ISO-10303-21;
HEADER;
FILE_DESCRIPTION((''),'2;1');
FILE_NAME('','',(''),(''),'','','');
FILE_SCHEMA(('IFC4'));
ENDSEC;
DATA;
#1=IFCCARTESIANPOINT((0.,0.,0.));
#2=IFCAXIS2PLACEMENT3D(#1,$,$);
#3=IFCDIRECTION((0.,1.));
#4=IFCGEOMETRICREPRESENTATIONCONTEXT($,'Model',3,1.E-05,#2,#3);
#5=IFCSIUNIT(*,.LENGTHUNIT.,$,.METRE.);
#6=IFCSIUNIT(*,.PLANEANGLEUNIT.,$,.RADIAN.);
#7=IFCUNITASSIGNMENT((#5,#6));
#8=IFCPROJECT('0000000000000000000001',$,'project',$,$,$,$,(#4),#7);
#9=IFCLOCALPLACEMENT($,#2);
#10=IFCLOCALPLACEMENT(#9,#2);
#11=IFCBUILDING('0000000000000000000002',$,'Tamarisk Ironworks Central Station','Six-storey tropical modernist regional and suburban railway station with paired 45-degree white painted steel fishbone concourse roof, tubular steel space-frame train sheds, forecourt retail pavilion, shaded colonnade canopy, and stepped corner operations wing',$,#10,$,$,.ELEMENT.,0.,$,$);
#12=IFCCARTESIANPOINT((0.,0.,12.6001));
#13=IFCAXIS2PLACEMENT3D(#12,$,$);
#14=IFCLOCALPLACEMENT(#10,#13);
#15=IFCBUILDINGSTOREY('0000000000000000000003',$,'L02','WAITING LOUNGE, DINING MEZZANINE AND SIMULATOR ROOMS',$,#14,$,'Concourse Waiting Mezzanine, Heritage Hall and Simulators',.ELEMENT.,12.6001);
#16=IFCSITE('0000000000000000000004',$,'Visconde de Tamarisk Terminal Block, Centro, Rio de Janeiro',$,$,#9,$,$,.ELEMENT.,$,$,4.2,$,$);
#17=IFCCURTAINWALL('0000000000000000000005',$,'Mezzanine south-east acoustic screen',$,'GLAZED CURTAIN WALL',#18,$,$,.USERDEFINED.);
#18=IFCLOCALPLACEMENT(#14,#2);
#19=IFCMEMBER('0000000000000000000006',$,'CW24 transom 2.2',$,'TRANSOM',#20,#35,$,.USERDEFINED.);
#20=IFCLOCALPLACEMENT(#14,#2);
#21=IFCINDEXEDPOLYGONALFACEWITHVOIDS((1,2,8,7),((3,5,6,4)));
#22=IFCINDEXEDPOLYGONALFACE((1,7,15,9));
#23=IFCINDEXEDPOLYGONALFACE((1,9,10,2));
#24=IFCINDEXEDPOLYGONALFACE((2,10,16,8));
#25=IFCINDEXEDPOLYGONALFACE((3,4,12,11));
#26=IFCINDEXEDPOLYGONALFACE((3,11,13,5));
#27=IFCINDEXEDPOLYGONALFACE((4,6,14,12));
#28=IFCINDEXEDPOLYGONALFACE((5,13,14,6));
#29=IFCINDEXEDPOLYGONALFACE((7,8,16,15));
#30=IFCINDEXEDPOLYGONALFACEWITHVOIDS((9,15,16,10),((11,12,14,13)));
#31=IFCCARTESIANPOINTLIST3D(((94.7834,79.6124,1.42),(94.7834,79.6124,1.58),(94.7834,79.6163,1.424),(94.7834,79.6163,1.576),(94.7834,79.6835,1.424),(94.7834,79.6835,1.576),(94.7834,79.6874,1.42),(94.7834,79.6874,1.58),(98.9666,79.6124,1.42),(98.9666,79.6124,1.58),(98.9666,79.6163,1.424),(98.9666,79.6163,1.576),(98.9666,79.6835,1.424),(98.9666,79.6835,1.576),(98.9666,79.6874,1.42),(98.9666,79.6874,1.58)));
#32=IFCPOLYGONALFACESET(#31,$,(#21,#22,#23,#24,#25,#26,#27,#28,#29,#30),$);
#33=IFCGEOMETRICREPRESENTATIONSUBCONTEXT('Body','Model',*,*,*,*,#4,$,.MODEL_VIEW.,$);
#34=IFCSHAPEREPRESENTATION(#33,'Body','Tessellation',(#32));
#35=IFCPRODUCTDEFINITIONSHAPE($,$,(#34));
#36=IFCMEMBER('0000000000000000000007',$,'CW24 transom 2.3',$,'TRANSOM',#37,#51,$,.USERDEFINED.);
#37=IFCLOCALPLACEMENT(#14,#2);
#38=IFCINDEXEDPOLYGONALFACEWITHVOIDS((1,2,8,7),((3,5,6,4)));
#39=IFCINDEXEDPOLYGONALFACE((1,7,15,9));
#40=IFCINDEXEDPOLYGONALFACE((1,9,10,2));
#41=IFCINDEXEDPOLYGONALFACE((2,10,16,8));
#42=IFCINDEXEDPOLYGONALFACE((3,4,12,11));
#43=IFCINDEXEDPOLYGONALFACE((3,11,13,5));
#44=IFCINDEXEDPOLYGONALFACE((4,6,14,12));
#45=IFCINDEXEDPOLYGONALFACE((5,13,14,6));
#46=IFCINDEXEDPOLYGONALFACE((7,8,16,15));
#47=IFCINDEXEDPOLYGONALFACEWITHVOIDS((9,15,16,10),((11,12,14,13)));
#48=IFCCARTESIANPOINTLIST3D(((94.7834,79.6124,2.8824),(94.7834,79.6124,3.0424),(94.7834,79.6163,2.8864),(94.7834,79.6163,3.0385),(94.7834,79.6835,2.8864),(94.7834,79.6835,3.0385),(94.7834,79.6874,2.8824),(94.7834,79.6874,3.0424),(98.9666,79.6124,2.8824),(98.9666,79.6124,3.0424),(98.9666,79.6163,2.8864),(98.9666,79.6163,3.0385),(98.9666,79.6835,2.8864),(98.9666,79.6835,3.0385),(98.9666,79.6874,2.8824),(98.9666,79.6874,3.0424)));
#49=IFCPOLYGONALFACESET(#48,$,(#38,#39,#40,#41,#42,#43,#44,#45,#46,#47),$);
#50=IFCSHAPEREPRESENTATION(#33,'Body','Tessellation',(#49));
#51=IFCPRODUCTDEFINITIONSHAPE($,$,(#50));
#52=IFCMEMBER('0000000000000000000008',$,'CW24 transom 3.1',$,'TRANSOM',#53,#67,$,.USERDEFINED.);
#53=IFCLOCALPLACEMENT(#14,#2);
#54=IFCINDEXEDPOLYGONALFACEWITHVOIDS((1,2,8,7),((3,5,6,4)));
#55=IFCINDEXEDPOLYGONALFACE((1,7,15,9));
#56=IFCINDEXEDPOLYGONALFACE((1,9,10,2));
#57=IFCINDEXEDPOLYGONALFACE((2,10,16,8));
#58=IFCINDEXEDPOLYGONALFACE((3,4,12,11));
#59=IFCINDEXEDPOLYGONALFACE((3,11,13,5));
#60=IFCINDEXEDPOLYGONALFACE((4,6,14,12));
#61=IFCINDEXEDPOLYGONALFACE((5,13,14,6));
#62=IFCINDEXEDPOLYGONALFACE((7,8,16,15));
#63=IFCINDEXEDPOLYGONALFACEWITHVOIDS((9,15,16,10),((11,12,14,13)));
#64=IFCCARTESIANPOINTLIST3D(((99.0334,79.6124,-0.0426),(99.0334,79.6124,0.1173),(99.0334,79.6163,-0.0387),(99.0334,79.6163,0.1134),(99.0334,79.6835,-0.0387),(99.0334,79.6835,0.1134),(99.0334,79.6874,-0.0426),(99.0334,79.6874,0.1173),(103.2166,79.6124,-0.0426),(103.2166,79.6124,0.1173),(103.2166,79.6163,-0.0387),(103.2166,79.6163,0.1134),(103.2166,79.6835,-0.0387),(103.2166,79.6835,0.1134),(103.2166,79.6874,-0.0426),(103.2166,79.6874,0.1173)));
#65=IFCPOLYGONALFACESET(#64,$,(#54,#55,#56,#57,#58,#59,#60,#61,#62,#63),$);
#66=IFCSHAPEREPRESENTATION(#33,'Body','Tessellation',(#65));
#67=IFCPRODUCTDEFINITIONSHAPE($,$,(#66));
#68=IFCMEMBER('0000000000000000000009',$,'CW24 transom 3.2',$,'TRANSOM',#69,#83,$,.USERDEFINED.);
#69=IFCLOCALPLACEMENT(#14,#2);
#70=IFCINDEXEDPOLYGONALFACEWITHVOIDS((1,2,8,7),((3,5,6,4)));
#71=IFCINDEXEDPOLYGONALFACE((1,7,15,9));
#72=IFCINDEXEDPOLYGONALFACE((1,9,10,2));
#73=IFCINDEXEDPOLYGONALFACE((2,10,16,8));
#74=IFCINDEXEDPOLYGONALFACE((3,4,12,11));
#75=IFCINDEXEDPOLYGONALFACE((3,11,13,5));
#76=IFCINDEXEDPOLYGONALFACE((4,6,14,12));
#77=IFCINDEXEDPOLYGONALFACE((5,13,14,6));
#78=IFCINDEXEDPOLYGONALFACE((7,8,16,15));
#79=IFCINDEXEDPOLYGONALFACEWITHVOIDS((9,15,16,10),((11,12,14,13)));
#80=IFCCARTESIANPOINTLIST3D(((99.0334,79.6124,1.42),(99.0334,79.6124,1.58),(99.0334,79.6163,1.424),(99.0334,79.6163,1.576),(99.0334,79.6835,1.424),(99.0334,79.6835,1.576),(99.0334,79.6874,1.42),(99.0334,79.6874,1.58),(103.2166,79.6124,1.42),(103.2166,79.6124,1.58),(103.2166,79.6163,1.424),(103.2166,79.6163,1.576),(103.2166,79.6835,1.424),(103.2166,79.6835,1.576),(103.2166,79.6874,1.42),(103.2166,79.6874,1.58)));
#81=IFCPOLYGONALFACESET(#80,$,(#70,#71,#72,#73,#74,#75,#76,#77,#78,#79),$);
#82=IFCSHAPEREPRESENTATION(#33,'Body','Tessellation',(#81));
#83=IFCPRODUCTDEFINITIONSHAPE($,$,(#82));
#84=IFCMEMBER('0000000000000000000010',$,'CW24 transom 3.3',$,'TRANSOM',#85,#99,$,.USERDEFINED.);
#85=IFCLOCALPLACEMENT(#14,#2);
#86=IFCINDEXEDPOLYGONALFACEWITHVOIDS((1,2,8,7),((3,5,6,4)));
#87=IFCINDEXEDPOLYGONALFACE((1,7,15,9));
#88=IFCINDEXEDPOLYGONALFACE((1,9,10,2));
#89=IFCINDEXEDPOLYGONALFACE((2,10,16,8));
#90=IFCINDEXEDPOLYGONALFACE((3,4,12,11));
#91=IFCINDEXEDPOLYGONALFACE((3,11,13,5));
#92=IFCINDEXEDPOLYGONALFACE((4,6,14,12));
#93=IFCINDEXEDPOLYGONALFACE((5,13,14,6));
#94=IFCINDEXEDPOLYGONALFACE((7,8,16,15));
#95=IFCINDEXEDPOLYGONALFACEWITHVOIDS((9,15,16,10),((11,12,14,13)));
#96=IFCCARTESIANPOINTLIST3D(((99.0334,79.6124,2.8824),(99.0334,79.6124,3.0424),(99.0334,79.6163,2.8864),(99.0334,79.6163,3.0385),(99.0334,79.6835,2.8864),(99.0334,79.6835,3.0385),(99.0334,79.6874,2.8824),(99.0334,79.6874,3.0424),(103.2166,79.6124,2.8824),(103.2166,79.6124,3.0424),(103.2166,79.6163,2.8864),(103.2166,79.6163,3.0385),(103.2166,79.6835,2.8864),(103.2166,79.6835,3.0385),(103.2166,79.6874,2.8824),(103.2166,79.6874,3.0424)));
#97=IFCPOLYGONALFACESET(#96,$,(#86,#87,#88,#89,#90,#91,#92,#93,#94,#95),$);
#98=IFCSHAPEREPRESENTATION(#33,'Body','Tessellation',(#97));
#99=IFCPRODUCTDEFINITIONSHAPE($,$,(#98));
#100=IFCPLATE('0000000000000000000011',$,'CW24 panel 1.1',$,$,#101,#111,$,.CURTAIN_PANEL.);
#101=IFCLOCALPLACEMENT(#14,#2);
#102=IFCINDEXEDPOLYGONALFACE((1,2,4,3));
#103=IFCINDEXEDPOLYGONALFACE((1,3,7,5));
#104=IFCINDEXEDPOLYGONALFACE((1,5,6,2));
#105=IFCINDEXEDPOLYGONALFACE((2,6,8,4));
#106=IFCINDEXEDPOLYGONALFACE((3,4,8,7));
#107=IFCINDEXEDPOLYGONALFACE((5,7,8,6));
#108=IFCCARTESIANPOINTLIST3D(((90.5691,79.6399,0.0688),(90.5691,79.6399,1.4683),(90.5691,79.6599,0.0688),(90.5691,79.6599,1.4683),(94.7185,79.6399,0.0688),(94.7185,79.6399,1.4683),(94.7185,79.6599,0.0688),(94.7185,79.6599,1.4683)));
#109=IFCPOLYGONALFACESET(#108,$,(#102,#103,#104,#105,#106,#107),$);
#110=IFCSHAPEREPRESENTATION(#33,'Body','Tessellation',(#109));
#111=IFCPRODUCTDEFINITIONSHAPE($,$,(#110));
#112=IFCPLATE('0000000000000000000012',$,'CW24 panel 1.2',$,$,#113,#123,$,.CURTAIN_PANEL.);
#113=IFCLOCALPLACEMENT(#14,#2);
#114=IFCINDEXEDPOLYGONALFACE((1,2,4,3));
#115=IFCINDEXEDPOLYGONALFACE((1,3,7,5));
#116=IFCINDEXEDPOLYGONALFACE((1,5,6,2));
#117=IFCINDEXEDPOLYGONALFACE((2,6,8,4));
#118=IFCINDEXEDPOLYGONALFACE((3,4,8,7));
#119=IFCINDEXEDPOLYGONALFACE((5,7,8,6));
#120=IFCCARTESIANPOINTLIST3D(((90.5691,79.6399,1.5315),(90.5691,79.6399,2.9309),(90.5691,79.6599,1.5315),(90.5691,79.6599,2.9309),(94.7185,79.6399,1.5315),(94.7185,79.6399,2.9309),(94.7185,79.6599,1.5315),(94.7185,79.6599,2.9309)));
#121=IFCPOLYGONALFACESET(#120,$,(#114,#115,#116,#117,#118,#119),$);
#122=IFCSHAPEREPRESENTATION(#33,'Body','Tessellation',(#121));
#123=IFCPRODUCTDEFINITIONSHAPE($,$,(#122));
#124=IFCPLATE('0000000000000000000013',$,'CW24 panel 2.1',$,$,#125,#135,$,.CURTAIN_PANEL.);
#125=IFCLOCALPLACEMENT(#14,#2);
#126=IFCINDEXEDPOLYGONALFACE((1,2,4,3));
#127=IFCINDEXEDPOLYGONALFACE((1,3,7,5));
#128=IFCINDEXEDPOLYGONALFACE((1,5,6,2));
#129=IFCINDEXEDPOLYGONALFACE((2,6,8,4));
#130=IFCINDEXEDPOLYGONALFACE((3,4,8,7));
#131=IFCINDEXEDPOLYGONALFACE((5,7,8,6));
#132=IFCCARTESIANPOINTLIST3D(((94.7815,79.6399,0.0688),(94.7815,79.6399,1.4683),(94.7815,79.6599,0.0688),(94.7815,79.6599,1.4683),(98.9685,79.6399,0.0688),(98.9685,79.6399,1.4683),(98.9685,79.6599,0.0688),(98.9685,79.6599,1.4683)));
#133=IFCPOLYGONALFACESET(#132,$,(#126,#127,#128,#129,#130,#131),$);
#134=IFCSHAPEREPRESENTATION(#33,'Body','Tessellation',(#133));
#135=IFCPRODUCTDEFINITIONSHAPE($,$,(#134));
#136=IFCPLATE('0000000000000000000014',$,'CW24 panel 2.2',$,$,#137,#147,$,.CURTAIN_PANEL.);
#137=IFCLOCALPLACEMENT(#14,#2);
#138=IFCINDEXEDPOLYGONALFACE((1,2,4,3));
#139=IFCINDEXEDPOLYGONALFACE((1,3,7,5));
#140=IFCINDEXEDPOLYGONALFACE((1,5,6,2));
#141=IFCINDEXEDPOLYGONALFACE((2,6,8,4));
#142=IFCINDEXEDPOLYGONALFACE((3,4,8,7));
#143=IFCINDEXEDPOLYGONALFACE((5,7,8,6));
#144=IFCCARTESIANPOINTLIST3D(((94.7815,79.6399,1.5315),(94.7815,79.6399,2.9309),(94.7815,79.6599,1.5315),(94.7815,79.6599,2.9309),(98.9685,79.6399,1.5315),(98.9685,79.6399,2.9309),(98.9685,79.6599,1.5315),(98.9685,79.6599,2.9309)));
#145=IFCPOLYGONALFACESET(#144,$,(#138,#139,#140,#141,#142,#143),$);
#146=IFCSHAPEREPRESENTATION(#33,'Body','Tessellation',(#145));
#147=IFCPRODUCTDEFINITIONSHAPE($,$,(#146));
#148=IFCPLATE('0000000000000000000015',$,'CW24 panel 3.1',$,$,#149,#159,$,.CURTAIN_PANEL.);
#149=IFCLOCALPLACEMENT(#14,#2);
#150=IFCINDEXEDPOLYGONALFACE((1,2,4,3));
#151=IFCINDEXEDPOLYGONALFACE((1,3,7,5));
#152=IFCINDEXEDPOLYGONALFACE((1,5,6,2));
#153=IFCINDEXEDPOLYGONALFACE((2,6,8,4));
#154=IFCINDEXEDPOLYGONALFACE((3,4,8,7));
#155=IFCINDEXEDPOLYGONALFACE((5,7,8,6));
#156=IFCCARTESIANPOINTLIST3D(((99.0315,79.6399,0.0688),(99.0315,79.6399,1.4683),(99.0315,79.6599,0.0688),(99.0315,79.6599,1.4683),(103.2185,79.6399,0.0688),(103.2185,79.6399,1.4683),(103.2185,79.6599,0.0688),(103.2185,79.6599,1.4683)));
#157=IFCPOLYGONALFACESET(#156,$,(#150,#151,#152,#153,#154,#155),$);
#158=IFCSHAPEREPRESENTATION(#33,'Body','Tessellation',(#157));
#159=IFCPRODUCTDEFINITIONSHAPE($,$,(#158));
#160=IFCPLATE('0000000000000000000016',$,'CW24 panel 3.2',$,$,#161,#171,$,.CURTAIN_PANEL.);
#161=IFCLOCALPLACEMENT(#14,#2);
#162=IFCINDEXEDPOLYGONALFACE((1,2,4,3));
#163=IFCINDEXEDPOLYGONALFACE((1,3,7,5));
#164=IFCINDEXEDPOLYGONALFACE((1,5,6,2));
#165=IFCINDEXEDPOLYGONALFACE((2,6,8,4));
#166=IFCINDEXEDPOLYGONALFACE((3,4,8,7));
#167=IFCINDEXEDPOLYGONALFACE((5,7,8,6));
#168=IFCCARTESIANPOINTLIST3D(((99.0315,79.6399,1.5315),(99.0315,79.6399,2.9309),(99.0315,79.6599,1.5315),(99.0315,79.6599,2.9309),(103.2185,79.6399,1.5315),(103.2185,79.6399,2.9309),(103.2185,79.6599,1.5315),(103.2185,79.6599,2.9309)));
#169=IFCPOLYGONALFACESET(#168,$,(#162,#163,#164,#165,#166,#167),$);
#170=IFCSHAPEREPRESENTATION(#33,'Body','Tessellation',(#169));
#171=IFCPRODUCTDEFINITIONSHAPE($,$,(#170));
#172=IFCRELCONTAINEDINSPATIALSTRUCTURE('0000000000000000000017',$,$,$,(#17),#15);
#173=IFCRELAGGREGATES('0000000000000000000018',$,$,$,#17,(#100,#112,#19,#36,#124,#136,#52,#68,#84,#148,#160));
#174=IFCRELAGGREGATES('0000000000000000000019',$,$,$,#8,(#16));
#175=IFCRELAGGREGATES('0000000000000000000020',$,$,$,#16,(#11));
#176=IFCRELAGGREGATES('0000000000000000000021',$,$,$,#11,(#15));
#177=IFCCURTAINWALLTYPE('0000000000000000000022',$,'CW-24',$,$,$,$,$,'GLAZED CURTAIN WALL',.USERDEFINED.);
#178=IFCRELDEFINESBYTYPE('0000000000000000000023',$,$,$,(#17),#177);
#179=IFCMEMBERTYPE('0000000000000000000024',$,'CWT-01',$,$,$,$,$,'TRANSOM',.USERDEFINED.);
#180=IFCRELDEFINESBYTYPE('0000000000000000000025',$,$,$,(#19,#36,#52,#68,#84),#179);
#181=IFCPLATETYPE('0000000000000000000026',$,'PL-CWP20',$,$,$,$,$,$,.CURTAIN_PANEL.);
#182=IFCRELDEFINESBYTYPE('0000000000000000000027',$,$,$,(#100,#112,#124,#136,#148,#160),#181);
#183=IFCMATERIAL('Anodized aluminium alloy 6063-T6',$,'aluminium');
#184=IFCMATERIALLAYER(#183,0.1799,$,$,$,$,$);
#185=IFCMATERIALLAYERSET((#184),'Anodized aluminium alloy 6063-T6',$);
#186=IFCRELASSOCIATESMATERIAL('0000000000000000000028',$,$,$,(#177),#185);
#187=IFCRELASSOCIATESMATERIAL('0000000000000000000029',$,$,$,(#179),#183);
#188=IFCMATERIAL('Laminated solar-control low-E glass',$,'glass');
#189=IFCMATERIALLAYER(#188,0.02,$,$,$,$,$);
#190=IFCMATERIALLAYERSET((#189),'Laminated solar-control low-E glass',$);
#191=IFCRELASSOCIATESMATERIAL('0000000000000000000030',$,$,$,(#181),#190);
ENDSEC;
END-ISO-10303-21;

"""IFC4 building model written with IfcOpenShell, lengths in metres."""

from ifc_helpers import new_model, si_unit, direction, frame, origin, origin_2d, place, context, subcontext, project, spatial, rectangle, hollow_rectangle, extrude, material, layer, layer_set, material_profile, profile_set, type_object, element, aggregate, save


model = new_model("IFC4")

# Units and contexts
model_context = context("Model", 3, precision=1e-05, world=origin(), true_north=direction((0.0, 1.0)))
body_context = subcontext(model_context, "Body", "Model", "MODEL_VIEW")
ifc_project = project(units=[si_unit("LENGTHUNIT", "METRE"), si_unit("PLANEANGLEUNIT", "RADIAN")], contexts=[model_context])

# Site, building, storey
site_placement = place(None, origin())
site = spatial("IfcSite", under=ifc_project, at=site_placement, Name="Visconde de Tamarisk Terminal Block, Centro, Rio de Janeiro", CompositionType="ELEMENT", RefElevation=4.2)
building_placement = place(site_placement, origin())
building = spatial("IfcBuilding", under=site, at=building_placement, Name="Tamarisk Ironworks Central Station", Description="Six-storey tropical modernist regional and suburban railway station with paired 45-degree white painted steel fishbone concourse roof, tubular steel space-frame train sheds, forecourt retail pavilion, shaded colonnade canopy, and stepped corner operations wing", CompositionType="ELEMENT", ElevationOfRefHeight=0.0)
storey_placement = place(building_placement, frame((0.0, 0.0, 12.6001)))
storey = spatial("IfcBuildingStorey", under=building, at=storey_placement, Name="L02", Description="WAITING LOUNGE, DINING MEZZANINE AND SIMULATOR ROOMS", LongName="Concourse Waiting Mezzanine, Heritage Hall and Simulators", CompositionType="ELEMENT", Elevation=12.6001)

# Curtain wall, members, plates
ifc_material_1 = material(Name="Anodized aluminium alloy 6063-T6", Category="aluminium")
ifc_layer_1 = layer(ifc_material_1, 0.1799)
ifc_layer_set_1 = layer_set([ifc_layer_1], Name="Anodized aluminium alloy 6063-T6")
curtain_wall_type = type_object("IfcCurtainWallType", Name="CW-24", ElementType="GLAZED CURTAIN WALL", PredefinedType="USERDEFINED", material=ifc_layer_set_1)
curtain_wall_placement = place(storey_placement, origin())
curtain_wall = element("IfcCurtainWall", 1, at=curtain_wall_placement, inside=storey, type_object=curtain_wall_type, Name="Mezzanine south-east acoustic screen", ObjectType="GLAZED CURTAIN WALL", PredefinedType="USERDEFINED")
ifc_material_profile_1 = material_profile(ifc_material_1, hollow_rectangle(XDim=0.075, YDim=0.1599, WallThickness=0.0039, at=origin_2d()), Name="ALUM 160x75")
ifc_profile_set_1 = profile_set([ifc_material_profile_1], Name="Anodized aluminium alloy 6063-T6")
member_type_1 = type_object("IfcMemberType", Name="CWT-01", ElementType="TRANSOM", PredefinedType="USERDEFINED", material=ifc_profile_set_1)
member_1_placement = place(storey_placement, frame((94.7834, 79.6499, 1.5), z_axis=(1.0, 0.0, 0.0), x_axis=(0.0, 1.0, 0.0)))
member_1 = element("IfcMember", 2, at=member_1_placement, type_object=member_type_1, Name="CW24 transom 2.2", ObjectType="TRANSOM", PredefinedType="USERDEFINED", context=body_context, shape_type="SweptSolid", body=[
    extrude(hollow_rectangle(XDim=0.075, YDim=0.1599, WallThickness=0.0039, at=origin_2d()), origin(), (0.0, 0.0, 1.0), 4.1831),
])
member_2_placement = place(storey_placement, frame((94.7834, 79.6499, 2.9624), z_axis=(1.0, 0.0, 0.0), x_axis=(0.0, 1.0, 0.0)))
member_2 = element("IfcMember", 3, at=member_2_placement, type_object=member_type_1, Name="CW24 transom 2.3", ObjectType="TRANSOM", PredefinedType="USERDEFINED", context=body_context, shape_type="SweptSolid", body=[
    extrude(hollow_rectangle(XDim=0.075, YDim=0.1599, WallThickness=0.0039, at=origin_2d()), origin(), (0.0, 0.0, 1.0), 4.1831),
])
member_3_placement = place(storey_placement, frame((99.0334, 79.6499, 0.0374), z_axis=(1.0, 0.0, 0.0), x_axis=(0.0, 1.0, 0.0)))
member_3 = element("IfcMember", 4, at=member_3_placement, type_object=member_type_1, Name="CW24 transom 3.1", ObjectType="TRANSOM", PredefinedType="USERDEFINED", context=body_context, shape_type="SweptSolid", body=[
    extrude(hollow_rectangle(XDim=0.075, YDim=0.1599, WallThickness=0.0039, at=origin_2d()), origin(), (0.0, 0.0, 1.0), 4.1831),
])
member_4_placement = place(storey_placement, frame((99.0334, 79.6499, 1.5), z_axis=(1.0, 0.0, 0.0), x_axis=(0.0, 1.0, 0.0)))
member_4 = element("IfcMember", 5, at=member_4_placement, type_object=member_type_1, Name="CW24 transom 3.2", ObjectType="TRANSOM", PredefinedType="USERDEFINED", context=body_context, shape_type="SweptSolid", body=[
    extrude(hollow_rectangle(XDim=0.075, YDim=0.1599, WallThickness=0.0039, at=origin_2d()), origin(), (0.0, 0.0, 1.0), 4.1831),
])
member_5_placement = place(storey_placement, frame((99.0334, 79.6499, 2.9624), z_axis=(1.0, 0.0, 0.0), x_axis=(0.0, 1.0, 0.0)))
member_5 = element("IfcMember", 6, at=member_5_placement, type_object=member_type_1, Name="CW24 transom 3.3", ObjectType="TRANSOM", PredefinedType="USERDEFINED", context=body_context, shape_type="SweptSolid", body=[
    extrude(hollow_rectangle(XDim=0.075, YDim=0.1599, WallThickness=0.0039, at=origin_2d()), origin(), (0.0, 0.0, 1.0), 4.1831),
])
ifc_material_2 = material(Name="Laminated solar-control low-E glass", Category="glass")
ifc_layer_2 = layer(ifc_material_2, 0.02)
ifc_layer_set_2 = layer_set([ifc_layer_2], Name="Laminated solar-control low-E glass")
plate_type = type_object("IfcPlateType", Name="PL-CWP20", PredefinedType="CURTAIN_PANEL", material=ifc_layer_set_2)
plate_1_placement = place(storey_placement, frame((92.6438, 79.6499, 0.0688), z_axis=(0.0, 0.0, 1.0), x_axis=(1.0, 0.0, 0.0)))
plate_1 = element("IfcPlate", 7, at=plate_1_placement, type_object=plate_type, Name="CW24 panel 1.1", PredefinedType="CURTAIN_PANEL", context=body_context, shape_type="SweptSolid", body=[
    extrude(rectangle(XDim=4.1494, YDim=0.02, at=origin_2d()), origin(), (0.0, 0.0, 1.0), 1.3994),
])
plate_2_placement = place(storey_placement, frame((92.6438, 79.6499, 1.5315), z_axis=(0.0, 0.0, 1.0), x_axis=(1.0, 0.0, 0.0)))
plate_2 = element("IfcPlate", 8, at=plate_2_placement, type_object=plate_type, Name="CW24 panel 1.2", PredefinedType="CURTAIN_PANEL", context=body_context, shape_type="SweptSolid", body=[
    extrude(rectangle(XDim=4.1494, YDim=0.02, at=origin_2d()), origin(), (0.0, 0.0, 1.0), 1.3994),
])
plate_3_placement = place(storey_placement, frame((96.875, 79.6499, 0.0688), z_axis=(0.0, 0.0, 1.0), x_axis=(1.0, 0.0, 0.0)))
plate_3 = element("IfcPlate", 9, at=plate_3_placement, type_object=plate_type, Name="CW24 panel 2.1", PredefinedType="CURTAIN_PANEL", context=body_context, shape_type="SweptSolid", body=[
    extrude(rectangle(XDim=4.187, YDim=0.02, at=origin_2d()), origin(), (0.0, 0.0, 1.0), 1.3994),
])
plate_4_placement = place(storey_placement, frame((96.875, 79.6499, 1.5315), z_axis=(0.0, 0.0, 1.0), x_axis=(1.0, 0.0, 0.0)))
plate_4 = element("IfcPlate", 10, at=plate_4_placement, type_object=plate_type, Name="CW24 panel 2.2", PredefinedType="CURTAIN_PANEL", context=body_context, shape_type="SweptSolid", body=[
    extrude(rectangle(XDim=4.187, YDim=0.02, at=origin_2d()), origin(), (0.0, 0.0, 1.0), 1.3994),
])
plate_5_placement = place(storey_placement, frame((101.125, 79.6499, 0.0688), z_axis=(0.0, 0.0, 1.0), x_axis=(1.0, 0.0, 0.0)))
plate_5 = element("IfcPlate", 11, at=plate_5_placement, type_object=plate_type, Name="CW24 panel 3.1", PredefinedType="CURTAIN_PANEL", context=body_context, shape_type="SweptSolid", body=[
    extrude(rectangle(XDim=4.187, YDim=0.02, at=origin_2d()), origin(), (0.0, 0.0, 1.0), 1.3994),
])
plate_6_placement = place(storey_placement, frame((101.125, 79.6499, 1.5315), z_axis=(0.0, 0.0, 1.0), x_axis=(1.0, 0.0, 0.0)))
plate_6 = element("IfcPlate", 12, at=plate_6_placement, type_object=plate_type, Name="CW24 panel 3.2", PredefinedType="CURTAIN_PANEL", context=body_context, shape_type="SweptSolid", body=[
    extrude(rectangle(XDim=4.187, YDim=0.02, at=origin_2d()), origin(), (0.0, 0.0, 1.0), 1.3994),
])
aggregate(curtain_wall, [plate_1, plate_2, member_1, member_2, plate_3, plate_4, member_3, member_4, member_5, plate_5, plate_6])

save(model, "model.ifc")
